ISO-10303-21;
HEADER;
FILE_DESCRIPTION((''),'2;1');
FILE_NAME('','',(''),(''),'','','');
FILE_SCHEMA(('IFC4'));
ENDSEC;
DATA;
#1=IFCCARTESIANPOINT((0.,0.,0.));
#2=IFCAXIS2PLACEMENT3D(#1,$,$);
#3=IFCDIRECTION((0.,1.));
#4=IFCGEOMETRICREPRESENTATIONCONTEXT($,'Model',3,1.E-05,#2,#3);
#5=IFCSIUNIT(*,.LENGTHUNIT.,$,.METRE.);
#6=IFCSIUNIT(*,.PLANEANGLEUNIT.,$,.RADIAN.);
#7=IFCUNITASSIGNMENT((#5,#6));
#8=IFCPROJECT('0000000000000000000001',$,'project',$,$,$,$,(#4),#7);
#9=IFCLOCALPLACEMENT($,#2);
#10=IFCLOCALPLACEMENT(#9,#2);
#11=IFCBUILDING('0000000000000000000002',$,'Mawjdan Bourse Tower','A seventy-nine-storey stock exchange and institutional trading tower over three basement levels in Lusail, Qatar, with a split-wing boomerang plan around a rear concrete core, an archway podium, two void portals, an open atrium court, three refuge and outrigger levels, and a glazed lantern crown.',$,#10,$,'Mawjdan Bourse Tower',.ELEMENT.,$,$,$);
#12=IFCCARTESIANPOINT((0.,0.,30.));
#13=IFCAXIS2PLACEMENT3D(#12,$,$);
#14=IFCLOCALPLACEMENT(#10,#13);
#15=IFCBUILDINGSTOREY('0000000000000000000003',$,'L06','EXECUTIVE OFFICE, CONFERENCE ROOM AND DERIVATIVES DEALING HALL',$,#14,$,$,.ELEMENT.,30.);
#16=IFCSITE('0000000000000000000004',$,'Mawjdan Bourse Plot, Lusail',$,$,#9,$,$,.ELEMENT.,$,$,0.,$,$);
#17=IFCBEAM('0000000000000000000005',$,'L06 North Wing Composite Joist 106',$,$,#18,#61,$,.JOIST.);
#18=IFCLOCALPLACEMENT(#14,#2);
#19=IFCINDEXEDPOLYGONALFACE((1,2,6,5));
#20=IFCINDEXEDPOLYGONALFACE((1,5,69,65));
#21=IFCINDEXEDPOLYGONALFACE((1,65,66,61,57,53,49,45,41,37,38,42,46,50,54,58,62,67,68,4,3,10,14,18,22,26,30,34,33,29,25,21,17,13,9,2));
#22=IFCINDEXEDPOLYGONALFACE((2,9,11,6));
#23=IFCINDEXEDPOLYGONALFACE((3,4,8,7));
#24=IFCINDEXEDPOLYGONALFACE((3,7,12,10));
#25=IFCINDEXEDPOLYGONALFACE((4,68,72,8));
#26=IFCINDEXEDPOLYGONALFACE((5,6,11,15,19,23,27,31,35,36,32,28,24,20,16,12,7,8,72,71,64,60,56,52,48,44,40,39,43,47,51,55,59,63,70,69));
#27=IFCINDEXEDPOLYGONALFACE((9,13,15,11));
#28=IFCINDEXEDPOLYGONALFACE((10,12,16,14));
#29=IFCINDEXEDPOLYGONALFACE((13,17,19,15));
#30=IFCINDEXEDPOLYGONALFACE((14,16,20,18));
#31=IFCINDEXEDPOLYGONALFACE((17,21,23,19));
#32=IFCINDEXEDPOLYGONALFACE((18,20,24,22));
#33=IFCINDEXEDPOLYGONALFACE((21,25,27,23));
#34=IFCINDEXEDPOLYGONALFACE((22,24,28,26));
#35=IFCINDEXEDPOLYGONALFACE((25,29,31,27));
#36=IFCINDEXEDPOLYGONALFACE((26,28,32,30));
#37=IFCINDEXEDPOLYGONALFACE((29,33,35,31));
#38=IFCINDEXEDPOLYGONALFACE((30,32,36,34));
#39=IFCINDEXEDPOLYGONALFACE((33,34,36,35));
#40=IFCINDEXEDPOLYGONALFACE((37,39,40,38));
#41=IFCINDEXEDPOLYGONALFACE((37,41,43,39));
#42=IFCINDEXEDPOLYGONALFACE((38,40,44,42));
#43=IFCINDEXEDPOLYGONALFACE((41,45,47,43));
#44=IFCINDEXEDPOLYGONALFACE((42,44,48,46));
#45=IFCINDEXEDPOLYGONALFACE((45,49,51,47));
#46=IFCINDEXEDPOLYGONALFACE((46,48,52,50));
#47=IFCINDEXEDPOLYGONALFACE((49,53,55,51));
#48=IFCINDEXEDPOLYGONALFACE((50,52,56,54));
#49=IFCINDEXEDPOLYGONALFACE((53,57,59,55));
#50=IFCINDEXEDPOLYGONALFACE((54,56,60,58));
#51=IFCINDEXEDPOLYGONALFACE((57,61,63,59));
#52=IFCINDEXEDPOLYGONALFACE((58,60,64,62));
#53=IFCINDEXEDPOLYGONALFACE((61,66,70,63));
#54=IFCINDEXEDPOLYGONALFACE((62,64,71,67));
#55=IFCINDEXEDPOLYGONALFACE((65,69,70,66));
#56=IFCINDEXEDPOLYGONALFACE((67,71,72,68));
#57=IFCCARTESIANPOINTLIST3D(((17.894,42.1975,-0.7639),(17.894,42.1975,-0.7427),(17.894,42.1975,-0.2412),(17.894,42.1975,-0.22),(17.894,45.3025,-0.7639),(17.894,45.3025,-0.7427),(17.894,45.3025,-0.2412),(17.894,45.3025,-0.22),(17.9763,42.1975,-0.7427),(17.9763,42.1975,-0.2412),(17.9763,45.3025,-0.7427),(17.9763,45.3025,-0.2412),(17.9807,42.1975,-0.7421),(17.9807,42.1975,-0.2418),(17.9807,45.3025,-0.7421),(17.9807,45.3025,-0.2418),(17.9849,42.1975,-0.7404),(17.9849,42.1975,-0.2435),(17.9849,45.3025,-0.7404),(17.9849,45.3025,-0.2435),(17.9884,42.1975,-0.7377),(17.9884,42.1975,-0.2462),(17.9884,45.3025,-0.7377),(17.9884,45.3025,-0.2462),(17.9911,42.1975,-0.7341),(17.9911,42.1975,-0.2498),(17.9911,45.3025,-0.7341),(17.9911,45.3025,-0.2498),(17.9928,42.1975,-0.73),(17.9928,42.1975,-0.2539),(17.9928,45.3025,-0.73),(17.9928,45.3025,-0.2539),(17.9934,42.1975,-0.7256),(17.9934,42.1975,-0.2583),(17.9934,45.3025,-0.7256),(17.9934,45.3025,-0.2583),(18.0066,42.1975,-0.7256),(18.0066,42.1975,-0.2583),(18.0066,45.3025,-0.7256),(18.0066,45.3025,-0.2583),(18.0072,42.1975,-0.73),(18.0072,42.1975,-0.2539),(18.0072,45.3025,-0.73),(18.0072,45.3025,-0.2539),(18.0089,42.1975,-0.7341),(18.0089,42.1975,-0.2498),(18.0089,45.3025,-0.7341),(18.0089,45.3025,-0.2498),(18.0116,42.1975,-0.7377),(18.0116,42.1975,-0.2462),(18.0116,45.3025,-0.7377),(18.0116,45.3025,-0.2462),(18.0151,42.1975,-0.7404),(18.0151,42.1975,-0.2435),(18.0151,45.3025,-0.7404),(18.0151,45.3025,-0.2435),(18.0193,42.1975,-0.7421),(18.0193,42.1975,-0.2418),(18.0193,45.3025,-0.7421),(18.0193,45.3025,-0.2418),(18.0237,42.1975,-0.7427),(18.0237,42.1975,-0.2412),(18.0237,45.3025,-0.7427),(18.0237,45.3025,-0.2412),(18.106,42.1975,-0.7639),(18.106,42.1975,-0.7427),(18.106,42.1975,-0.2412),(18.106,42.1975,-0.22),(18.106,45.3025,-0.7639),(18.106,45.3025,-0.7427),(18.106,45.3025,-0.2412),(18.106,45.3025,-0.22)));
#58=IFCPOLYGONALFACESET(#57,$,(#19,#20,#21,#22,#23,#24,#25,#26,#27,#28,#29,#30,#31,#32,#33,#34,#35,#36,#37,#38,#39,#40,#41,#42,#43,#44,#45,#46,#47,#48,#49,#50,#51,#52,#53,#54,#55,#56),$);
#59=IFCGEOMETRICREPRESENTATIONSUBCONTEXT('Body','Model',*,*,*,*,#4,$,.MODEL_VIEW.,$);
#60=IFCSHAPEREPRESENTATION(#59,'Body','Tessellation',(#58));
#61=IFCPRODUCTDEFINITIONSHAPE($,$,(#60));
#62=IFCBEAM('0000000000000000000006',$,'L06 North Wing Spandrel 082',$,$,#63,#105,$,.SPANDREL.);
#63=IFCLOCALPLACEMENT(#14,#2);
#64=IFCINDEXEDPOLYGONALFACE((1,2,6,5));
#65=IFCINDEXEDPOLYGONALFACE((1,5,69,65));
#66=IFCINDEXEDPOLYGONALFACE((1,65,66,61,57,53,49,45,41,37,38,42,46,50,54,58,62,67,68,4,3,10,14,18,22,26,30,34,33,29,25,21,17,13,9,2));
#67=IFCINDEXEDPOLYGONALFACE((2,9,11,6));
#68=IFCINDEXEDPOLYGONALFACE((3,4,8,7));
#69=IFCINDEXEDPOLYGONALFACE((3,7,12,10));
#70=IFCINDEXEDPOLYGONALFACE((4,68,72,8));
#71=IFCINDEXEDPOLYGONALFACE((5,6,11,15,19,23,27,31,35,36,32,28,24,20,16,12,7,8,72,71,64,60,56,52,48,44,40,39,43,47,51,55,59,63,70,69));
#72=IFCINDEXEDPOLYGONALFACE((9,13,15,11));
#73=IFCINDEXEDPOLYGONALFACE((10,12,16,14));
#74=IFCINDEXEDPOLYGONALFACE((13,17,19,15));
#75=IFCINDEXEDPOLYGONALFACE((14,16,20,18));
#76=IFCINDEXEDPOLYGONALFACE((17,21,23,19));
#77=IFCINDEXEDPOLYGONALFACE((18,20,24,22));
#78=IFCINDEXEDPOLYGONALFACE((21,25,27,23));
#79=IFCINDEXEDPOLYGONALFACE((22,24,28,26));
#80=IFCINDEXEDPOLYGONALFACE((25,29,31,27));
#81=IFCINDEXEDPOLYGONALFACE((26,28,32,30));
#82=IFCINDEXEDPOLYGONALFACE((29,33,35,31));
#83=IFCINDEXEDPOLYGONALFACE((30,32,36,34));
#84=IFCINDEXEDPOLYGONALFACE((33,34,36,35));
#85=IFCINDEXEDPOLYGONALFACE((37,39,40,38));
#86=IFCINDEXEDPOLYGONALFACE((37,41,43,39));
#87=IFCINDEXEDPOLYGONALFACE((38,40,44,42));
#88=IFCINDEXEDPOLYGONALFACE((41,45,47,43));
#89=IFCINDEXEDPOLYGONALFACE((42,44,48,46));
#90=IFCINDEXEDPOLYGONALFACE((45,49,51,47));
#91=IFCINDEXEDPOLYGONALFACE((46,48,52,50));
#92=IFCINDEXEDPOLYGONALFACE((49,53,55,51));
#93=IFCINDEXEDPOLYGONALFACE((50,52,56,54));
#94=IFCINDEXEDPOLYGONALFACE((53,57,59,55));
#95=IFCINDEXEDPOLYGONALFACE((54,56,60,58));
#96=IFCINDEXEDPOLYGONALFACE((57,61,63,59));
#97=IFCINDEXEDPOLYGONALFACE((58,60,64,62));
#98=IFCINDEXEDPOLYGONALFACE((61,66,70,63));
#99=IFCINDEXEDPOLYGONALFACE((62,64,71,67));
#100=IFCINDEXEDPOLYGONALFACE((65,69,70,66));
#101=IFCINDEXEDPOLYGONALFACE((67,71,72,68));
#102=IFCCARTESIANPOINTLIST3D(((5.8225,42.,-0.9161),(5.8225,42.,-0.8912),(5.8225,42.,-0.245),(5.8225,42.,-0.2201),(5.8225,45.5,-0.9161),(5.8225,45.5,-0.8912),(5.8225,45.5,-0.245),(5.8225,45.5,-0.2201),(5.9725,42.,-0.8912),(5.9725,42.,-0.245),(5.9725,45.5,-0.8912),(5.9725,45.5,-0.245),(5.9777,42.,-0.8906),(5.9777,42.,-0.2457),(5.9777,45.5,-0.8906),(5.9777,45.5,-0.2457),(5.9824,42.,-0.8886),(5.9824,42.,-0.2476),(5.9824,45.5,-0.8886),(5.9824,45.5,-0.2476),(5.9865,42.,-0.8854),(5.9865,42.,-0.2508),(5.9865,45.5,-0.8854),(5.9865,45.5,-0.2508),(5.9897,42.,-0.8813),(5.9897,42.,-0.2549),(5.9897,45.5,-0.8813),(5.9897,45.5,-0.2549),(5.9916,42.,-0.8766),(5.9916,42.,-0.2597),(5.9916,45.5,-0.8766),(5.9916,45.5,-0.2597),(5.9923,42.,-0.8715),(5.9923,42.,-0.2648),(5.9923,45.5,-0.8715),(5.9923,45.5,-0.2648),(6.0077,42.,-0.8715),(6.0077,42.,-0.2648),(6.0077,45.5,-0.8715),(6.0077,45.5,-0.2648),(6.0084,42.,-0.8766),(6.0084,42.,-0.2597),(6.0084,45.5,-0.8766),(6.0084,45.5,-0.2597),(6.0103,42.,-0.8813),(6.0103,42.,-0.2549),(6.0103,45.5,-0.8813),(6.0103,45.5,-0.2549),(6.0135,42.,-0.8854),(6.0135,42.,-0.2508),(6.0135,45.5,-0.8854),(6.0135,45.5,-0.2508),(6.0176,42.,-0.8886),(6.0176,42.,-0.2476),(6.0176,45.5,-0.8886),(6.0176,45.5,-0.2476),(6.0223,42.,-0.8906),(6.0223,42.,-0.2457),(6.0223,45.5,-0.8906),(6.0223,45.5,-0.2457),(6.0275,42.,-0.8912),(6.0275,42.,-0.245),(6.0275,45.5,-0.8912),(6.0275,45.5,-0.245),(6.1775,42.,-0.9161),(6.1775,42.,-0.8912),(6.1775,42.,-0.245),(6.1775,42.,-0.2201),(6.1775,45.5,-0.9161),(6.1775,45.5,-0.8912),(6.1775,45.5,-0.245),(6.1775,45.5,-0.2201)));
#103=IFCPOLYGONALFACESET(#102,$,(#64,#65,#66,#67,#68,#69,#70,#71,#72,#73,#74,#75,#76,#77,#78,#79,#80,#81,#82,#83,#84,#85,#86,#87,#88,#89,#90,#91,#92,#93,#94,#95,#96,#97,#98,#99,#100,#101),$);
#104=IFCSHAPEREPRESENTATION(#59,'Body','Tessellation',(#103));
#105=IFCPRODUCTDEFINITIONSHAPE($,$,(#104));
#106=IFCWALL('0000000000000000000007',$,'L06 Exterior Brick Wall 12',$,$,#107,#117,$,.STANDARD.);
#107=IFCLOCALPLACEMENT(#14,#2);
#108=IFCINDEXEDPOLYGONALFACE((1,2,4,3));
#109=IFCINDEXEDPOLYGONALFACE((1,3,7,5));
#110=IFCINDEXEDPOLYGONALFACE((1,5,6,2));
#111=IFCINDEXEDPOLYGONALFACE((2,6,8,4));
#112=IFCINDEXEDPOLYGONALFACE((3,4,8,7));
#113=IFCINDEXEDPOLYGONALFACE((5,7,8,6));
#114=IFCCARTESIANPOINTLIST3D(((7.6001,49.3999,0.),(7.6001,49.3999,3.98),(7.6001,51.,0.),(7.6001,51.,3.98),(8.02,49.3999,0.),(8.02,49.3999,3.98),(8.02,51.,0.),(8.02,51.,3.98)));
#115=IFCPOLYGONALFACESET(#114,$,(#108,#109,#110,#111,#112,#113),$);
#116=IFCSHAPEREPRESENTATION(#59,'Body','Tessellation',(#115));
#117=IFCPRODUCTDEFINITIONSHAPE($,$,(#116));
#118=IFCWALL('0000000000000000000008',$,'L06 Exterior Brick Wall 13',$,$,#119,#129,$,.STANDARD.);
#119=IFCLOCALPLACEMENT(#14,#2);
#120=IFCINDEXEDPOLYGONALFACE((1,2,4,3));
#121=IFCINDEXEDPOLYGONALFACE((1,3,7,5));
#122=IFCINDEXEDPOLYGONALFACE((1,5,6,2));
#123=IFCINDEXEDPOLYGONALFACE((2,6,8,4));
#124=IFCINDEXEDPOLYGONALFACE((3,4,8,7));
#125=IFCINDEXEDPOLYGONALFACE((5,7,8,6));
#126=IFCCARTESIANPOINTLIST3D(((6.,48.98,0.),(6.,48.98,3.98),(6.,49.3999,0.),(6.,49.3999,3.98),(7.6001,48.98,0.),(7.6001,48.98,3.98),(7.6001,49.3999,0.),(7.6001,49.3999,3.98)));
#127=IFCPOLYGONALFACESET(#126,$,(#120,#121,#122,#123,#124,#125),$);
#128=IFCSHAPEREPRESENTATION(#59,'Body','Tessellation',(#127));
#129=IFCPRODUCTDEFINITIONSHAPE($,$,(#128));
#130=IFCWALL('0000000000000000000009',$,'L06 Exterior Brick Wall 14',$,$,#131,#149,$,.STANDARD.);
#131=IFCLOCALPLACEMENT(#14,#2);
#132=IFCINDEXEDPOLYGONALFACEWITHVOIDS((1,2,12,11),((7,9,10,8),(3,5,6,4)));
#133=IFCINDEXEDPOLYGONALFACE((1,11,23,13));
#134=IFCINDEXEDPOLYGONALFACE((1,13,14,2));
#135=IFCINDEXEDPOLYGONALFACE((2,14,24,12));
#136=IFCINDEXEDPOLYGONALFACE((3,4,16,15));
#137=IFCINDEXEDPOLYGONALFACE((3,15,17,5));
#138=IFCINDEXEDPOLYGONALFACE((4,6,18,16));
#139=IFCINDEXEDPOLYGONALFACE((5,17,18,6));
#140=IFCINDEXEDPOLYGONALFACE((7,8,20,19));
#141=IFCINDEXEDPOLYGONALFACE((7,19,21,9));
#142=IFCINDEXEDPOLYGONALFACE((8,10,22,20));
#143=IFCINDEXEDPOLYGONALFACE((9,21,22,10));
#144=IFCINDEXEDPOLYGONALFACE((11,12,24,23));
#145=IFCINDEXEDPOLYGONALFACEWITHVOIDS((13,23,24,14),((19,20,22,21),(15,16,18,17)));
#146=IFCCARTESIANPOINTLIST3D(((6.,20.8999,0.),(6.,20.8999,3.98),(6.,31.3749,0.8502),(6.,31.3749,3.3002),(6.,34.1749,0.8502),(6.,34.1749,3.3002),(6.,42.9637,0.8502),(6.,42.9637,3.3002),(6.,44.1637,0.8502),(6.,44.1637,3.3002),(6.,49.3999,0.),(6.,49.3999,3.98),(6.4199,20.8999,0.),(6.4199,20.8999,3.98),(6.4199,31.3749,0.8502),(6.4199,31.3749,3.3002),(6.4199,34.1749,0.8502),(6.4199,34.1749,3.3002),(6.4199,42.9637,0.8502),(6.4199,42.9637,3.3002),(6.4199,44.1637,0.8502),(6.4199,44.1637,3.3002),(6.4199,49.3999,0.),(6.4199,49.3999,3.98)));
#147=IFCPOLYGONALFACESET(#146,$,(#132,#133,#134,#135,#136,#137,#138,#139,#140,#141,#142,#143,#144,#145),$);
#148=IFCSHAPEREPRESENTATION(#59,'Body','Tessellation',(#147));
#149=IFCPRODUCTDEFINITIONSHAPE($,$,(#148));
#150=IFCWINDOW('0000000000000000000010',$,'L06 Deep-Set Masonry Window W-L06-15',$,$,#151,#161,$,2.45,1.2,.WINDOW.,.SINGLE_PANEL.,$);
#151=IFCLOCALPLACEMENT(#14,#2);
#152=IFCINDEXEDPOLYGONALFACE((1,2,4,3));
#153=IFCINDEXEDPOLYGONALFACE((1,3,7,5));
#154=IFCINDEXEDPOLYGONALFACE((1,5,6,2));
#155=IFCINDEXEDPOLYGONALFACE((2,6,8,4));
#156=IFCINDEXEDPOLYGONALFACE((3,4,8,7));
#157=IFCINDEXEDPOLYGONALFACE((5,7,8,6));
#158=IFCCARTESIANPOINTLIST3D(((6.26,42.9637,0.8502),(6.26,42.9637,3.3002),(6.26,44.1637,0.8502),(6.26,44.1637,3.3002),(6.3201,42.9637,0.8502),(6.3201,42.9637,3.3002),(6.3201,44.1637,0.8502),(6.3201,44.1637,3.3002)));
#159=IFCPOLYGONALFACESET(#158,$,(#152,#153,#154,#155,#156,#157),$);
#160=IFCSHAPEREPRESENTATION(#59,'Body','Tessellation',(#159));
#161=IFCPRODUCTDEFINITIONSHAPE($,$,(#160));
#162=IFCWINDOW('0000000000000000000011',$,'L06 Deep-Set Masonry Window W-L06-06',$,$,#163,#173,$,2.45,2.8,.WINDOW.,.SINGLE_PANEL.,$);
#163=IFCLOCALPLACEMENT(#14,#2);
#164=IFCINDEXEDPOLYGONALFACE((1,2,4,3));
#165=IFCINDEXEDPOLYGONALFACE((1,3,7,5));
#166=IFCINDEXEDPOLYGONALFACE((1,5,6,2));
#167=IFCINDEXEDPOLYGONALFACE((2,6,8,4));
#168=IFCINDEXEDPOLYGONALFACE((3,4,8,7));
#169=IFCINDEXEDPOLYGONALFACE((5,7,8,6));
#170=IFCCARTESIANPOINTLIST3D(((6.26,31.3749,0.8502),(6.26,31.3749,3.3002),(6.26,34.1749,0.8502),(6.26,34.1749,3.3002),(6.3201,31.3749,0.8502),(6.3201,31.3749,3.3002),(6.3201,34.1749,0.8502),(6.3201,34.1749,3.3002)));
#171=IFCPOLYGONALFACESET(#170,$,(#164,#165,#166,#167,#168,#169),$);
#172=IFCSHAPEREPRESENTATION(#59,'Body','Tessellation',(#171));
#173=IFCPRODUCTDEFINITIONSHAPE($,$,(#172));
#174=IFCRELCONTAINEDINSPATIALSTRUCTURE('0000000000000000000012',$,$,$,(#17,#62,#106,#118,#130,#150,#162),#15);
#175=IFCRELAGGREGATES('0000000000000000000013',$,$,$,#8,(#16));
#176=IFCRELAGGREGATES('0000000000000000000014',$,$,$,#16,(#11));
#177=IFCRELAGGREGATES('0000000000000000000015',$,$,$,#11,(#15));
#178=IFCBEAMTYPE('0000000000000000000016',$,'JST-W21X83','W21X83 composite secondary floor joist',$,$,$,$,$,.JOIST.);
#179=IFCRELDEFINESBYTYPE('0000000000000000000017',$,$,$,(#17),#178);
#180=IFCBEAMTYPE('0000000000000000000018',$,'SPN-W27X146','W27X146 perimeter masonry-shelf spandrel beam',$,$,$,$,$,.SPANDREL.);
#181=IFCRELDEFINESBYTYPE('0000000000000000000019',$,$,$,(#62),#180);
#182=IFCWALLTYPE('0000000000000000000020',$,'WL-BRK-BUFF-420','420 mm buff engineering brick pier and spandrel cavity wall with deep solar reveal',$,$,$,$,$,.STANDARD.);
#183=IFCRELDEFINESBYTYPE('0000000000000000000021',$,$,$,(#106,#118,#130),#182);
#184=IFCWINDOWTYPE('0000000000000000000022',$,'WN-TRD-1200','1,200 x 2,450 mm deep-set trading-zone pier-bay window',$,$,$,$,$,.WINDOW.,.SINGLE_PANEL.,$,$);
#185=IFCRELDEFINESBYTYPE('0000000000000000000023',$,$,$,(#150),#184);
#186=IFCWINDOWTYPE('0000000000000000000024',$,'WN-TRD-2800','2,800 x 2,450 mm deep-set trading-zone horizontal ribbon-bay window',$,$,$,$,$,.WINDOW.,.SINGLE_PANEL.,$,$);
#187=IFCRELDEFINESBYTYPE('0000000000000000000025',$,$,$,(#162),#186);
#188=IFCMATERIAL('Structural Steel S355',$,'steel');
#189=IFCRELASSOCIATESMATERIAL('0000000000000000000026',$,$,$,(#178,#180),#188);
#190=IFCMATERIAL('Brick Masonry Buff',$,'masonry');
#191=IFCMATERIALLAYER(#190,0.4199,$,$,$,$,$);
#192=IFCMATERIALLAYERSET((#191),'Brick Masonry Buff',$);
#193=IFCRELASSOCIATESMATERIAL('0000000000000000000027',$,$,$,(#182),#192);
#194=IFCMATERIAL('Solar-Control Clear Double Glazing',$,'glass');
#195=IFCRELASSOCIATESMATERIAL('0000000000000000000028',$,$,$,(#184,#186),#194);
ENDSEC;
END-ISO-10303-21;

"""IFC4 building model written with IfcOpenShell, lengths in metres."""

from ifc_helpers import new_model, si_unit, direction, frame, frame_2d, origin, origin_2d, place, context, subcontext, project, spatial, rectangle, i_section, extrude, material, layer, layer_set, material_profile, profile_set, type_object, element, fill, save


model = new_model("IFC4")

# Units and contexts
model_context = context("Model", 3, precision=1e-05, world=origin(), true_north=direction((0.0, 1.0)))
body_context = subcontext(model_context, "Body", "Model", "MODEL_VIEW")
ifc_project = project(units=[si_unit("LENGTHUNIT", "METRE"), si_unit("PLANEANGLEUNIT", "RADIAN")], contexts=[model_context])

# Site, building, storey
site_placement = place(None, origin())
site = spatial("IfcSite", under=ifc_project, at=site_placement, Name="Mawjdan Bourse Plot, Lusail", CompositionType="ELEMENT", RefElevation=0.0)
building_placement = place(site_placement, origin())
building = spatial("IfcBuilding", under=site, at=building_placement, Name="Mawjdan Bourse Tower", Description="A seventy-nine-storey stock exchange and institutional trading tower over three basement levels in Lusail, Qatar, with a split-wing boomerang plan around a rear concrete core, an archway podium, two void portals, an open atrium court, three refuge and outrigger levels, and a glazed lantern crown.", LongName="Mawjdan Bourse Tower", CompositionType="ELEMENT")
storey_placement = place(building_placement, frame((0.0, 0.0, 30.0)))
storey = spatial("IfcBuildingStorey", under=building, at=storey_placement, Name="L06", Description="EXECUTIVE OFFICE, CONFERENCE ROOM AND DERIVATIVES DEALING HALL", CompositionType="ELEMENT", Elevation=30.0)

# Beams
ifc_material_1 = material(Name="Structural Steel S355", Category="steel")
ifc_material_profile_1 = material_profile(ifc_material_1, i_section(OverallWidth=0.2119, OverallDepth=0.5439, WebThickness=0.0132, FlangeThickness=0.0212, FilletRadius=0.0171, at=origin_2d()), Name="W21X83")
ifc_profile_set_1 = profile_set([ifc_material_profile_1], Name="Structural Steel S355")
beam_type_1 = type_object("IfcBeamType", Name="JST-W21X83", Description="W21X83 composite secondary floor joist", PredefinedType="JOIST", material=ifc_profile_set_1)
beam_1_placement = place(storey_placement, frame((18.0, 42.1975, -0.4919), z_axis=(0.0, 1.0, 0.0), x_axis=(-1.0, 0.0, 0.0)))
element("IfcBeam", 1, at=beam_1_placement, inside=storey, type_object=beam_type_1, Name="L06 North Wing Composite Joist 106", PredefinedType="JOIST", context=body_context, shape_type="SweptSolid", body=[
    extrude(i_section(OverallWidth=0.2119, OverallDepth=0.5439, WebThickness=0.0132, FlangeThickness=0.0212, FilletRadius=0.0171, at=origin_2d()), origin(), (0.0, 0.0, 1.0), 3.105),
])
ifc_material_profile_2 = material_profile(ifc_material_1, i_section(OverallWidth=0.355, OverallDepth=0.696, WebThickness=0.0154, FlangeThickness=0.0249, FilletRadius=0.0198, at=origin_2d()), Name="W27X146")
ifc_profile_set_2 = profile_set([ifc_material_profile_2], Name="Structural Steel S355")
beam_type_2 = type_object("IfcBeamType", Name="SPN-W27X146", Description="W27X146 perimeter masonry-shelf spandrel beam", PredefinedType="SPANDREL", material=ifc_profile_set_2)
beam_2_placement = place(storey_placement, frame((6.0, 42.0, -0.5681), z_axis=(0.0, 1.0, 0.0), x_axis=(-1.0, 0.0, 0.0)))
element("IfcBeam", 2, at=beam_2_placement, inside=storey, type_object=beam_type_2, Name="L06 North Wing Spandrel 082", PredefinedType="SPANDREL", context=body_context, shape_type="SweptSolid", body=[
    extrude(i_section(OverallWidth=0.355, OverallDepth=0.696, WebThickness=0.0154, FlangeThickness=0.0249, FilletRadius=0.0198, at=origin_2d()), origin(), (0.0, 0.0, 1.0), 3.5),
])

# Walls
ifc_material_2 = material(Name="Brick Masonry Buff", Category="masonry")
ifc_layer_1 = layer(ifc_material_2, 0.4199)
ifc_layer_set_1 = layer_set([ifc_layer_1], Name="Brick Masonry Buff")
wall_type_1 = type_object("IfcWallType", Name="WL-BRK-BUFF-420", Description="420 mm buff engineering brick pier and spandrel cavity wall with deep solar reveal", PredefinedType="STANDARD", material=ifc_layer_set_1)
for number, where, z_axis, x_axis, name in (
    (3, (7.8101, 51.0, 0.0), (0.0, 0.0, 1.0), (0.0, -1.0, 0.0), "L06 Exterior Brick Wall 12"),
    (4, (7.6001, 49.1899, 0.0), (0.0, 0.0, 1.0), (-1.0, 0.0, 0.0), "L06 Exterior Brick Wall 13"),
):
    element("IfcWall", number, at=place(storey_placement, frame(where, z_axis=z_axis, x_axis=x_axis)), inside=storey, type_object=wall_type_1, Name=name, PredefinedType="STANDARD", context=body_context, shape_type="SweptSolid", body=[
        extrude(rectangle(XDim=1.6001, YDim=0.4199, at=frame_2d((0.8, 0.0))), origin(), (0.0, 0.0, 1.0), 3.98),
    ])

# Wall, openings, windows
wall_1_placement = place(storey_placement, frame((6.21, 49.3999, 0.0), z_axis=(0.0, 0.0, 1.0), x_axis=(0.0, -1.0, 0.0)))
wall_1 = element("IfcWall", 5, at=wall_1_placement, inside=storey, type_object=wall_type_1, Name="L06 Exterior Brick Wall 14", PredefinedType="STANDARD", context=body_context, shape_type="SweptSolid", body=[
    extrude(rectangle(XDim=28.5, YDim=0.4199, at=frame_2d((14.25, 0.0))), origin(), (0.0, 0.0, 1.0), 3.98),
])
opening_1_placement = place(wall_1_placement, frame((15.2251, 0.0, 0.8501)))
opening_1 = element("IfcOpeningElement", 6, at=opening_1_placement, cuts=wall_1, PredefinedType="OPENING", context=body_context, shape_type="SweptSolid", body=[
    extrude(rectangle(XDim=2.8, YDim=2.45, at=frame_2d((1.3999, 1.2251))), frame((0.0, 0.22, 0.0), z_axis=(0.0, -1.0, 0.0), x_axis=(1.0, 0.0, 0.0)), (0.0, 0.0, 1.0), 0.4399),
])
opening_2_placement = place(wall_1_placement, frame((5.2361, 0.0, 0.8501)))
opening_2 = element("IfcOpeningElement", 7, at=opening_2_placement, cuts=wall_1, PredefinedType="OPENING", context=body_context, shape_type="SweptSolid", body=[
    extrude(rectangle(XDim=1.2, YDim=2.45, at=frame_2d((0.6001, 1.2251))), frame((0.0, 0.22, 0.0), z_axis=(0.0, -1.0, 0.0), x_axis=(1.0, 0.0, 0.0)), (0.0, 0.0, 1.0), 0.4399),
])
ifc_material_3 = material(Name="Solar-Control Clear Double Glazing", Category="glass")
window_type_1 = type_object("IfcWindowType", Name="WN-TRD-1200", Description="1,200 x 2,450 mm deep-set trading-zone pier-bay window", PartitioningType="SINGLE_PANEL", PredefinedType="WINDOW", material=ifc_material_3)
window_1_placement = place(opening_2_placement, origin())
window_1 = element("IfcWindow", 8, at=window_1_placement, inside=storey, type_object=window_type_1, Name="L06 Deep-Set Masonry Window W-L06-15", OverallHeight=2.45, OverallWidth=1.2, PartitioningType="SINGLE_PANEL", PredefinedType="WINDOW", context=body_context, shape_type="SweptSolid", body=[
    extrude(rectangle(XDim=1.2, YDim=2.45, at=frame_2d((0.6001, 1.2251))), frame((0.0, 0.1101, 0.0), z_axis=(0.0, -1.0, 0.0), x_axis=(1.0, 0.0, 0.0)), (0.0, 0.0, 1.0), 0.0601),
])
fill(opening_2, window_1)
window_type_2 = type_object("IfcWindowType", Name="WN-TRD-2800", Description="2,800 x 2,450 mm deep-set trading-zone horizontal ribbon-bay window", PartitioningType="SINGLE_PANEL", PredefinedType="WINDOW", material=ifc_material_3)
window_2_placement = place(opening_1_placement, origin())
window_2 = element("IfcWindow", 9, at=window_2_placement, inside=storey, type_object=window_type_2, Name="L06 Deep-Set Masonry Window W-L06-06", OverallHeight=2.45, OverallWidth=2.8, PartitioningType="SINGLE_PANEL", PredefinedType="WINDOW", context=body_context, shape_type="SweptSolid", body=[
    extrude(rectangle(XDim=2.8, YDim=2.45, at=frame_2d((1.3999, 1.2251))), frame((0.0, 0.1101, 0.0), z_axis=(0.0, -1.0, 0.0), x_axis=(1.0, 0.0, 0.0)), (0.0, 0.0, 1.0), 0.0601),
])
fill(opening_1, window_2)

save(model, "model.ifc")
